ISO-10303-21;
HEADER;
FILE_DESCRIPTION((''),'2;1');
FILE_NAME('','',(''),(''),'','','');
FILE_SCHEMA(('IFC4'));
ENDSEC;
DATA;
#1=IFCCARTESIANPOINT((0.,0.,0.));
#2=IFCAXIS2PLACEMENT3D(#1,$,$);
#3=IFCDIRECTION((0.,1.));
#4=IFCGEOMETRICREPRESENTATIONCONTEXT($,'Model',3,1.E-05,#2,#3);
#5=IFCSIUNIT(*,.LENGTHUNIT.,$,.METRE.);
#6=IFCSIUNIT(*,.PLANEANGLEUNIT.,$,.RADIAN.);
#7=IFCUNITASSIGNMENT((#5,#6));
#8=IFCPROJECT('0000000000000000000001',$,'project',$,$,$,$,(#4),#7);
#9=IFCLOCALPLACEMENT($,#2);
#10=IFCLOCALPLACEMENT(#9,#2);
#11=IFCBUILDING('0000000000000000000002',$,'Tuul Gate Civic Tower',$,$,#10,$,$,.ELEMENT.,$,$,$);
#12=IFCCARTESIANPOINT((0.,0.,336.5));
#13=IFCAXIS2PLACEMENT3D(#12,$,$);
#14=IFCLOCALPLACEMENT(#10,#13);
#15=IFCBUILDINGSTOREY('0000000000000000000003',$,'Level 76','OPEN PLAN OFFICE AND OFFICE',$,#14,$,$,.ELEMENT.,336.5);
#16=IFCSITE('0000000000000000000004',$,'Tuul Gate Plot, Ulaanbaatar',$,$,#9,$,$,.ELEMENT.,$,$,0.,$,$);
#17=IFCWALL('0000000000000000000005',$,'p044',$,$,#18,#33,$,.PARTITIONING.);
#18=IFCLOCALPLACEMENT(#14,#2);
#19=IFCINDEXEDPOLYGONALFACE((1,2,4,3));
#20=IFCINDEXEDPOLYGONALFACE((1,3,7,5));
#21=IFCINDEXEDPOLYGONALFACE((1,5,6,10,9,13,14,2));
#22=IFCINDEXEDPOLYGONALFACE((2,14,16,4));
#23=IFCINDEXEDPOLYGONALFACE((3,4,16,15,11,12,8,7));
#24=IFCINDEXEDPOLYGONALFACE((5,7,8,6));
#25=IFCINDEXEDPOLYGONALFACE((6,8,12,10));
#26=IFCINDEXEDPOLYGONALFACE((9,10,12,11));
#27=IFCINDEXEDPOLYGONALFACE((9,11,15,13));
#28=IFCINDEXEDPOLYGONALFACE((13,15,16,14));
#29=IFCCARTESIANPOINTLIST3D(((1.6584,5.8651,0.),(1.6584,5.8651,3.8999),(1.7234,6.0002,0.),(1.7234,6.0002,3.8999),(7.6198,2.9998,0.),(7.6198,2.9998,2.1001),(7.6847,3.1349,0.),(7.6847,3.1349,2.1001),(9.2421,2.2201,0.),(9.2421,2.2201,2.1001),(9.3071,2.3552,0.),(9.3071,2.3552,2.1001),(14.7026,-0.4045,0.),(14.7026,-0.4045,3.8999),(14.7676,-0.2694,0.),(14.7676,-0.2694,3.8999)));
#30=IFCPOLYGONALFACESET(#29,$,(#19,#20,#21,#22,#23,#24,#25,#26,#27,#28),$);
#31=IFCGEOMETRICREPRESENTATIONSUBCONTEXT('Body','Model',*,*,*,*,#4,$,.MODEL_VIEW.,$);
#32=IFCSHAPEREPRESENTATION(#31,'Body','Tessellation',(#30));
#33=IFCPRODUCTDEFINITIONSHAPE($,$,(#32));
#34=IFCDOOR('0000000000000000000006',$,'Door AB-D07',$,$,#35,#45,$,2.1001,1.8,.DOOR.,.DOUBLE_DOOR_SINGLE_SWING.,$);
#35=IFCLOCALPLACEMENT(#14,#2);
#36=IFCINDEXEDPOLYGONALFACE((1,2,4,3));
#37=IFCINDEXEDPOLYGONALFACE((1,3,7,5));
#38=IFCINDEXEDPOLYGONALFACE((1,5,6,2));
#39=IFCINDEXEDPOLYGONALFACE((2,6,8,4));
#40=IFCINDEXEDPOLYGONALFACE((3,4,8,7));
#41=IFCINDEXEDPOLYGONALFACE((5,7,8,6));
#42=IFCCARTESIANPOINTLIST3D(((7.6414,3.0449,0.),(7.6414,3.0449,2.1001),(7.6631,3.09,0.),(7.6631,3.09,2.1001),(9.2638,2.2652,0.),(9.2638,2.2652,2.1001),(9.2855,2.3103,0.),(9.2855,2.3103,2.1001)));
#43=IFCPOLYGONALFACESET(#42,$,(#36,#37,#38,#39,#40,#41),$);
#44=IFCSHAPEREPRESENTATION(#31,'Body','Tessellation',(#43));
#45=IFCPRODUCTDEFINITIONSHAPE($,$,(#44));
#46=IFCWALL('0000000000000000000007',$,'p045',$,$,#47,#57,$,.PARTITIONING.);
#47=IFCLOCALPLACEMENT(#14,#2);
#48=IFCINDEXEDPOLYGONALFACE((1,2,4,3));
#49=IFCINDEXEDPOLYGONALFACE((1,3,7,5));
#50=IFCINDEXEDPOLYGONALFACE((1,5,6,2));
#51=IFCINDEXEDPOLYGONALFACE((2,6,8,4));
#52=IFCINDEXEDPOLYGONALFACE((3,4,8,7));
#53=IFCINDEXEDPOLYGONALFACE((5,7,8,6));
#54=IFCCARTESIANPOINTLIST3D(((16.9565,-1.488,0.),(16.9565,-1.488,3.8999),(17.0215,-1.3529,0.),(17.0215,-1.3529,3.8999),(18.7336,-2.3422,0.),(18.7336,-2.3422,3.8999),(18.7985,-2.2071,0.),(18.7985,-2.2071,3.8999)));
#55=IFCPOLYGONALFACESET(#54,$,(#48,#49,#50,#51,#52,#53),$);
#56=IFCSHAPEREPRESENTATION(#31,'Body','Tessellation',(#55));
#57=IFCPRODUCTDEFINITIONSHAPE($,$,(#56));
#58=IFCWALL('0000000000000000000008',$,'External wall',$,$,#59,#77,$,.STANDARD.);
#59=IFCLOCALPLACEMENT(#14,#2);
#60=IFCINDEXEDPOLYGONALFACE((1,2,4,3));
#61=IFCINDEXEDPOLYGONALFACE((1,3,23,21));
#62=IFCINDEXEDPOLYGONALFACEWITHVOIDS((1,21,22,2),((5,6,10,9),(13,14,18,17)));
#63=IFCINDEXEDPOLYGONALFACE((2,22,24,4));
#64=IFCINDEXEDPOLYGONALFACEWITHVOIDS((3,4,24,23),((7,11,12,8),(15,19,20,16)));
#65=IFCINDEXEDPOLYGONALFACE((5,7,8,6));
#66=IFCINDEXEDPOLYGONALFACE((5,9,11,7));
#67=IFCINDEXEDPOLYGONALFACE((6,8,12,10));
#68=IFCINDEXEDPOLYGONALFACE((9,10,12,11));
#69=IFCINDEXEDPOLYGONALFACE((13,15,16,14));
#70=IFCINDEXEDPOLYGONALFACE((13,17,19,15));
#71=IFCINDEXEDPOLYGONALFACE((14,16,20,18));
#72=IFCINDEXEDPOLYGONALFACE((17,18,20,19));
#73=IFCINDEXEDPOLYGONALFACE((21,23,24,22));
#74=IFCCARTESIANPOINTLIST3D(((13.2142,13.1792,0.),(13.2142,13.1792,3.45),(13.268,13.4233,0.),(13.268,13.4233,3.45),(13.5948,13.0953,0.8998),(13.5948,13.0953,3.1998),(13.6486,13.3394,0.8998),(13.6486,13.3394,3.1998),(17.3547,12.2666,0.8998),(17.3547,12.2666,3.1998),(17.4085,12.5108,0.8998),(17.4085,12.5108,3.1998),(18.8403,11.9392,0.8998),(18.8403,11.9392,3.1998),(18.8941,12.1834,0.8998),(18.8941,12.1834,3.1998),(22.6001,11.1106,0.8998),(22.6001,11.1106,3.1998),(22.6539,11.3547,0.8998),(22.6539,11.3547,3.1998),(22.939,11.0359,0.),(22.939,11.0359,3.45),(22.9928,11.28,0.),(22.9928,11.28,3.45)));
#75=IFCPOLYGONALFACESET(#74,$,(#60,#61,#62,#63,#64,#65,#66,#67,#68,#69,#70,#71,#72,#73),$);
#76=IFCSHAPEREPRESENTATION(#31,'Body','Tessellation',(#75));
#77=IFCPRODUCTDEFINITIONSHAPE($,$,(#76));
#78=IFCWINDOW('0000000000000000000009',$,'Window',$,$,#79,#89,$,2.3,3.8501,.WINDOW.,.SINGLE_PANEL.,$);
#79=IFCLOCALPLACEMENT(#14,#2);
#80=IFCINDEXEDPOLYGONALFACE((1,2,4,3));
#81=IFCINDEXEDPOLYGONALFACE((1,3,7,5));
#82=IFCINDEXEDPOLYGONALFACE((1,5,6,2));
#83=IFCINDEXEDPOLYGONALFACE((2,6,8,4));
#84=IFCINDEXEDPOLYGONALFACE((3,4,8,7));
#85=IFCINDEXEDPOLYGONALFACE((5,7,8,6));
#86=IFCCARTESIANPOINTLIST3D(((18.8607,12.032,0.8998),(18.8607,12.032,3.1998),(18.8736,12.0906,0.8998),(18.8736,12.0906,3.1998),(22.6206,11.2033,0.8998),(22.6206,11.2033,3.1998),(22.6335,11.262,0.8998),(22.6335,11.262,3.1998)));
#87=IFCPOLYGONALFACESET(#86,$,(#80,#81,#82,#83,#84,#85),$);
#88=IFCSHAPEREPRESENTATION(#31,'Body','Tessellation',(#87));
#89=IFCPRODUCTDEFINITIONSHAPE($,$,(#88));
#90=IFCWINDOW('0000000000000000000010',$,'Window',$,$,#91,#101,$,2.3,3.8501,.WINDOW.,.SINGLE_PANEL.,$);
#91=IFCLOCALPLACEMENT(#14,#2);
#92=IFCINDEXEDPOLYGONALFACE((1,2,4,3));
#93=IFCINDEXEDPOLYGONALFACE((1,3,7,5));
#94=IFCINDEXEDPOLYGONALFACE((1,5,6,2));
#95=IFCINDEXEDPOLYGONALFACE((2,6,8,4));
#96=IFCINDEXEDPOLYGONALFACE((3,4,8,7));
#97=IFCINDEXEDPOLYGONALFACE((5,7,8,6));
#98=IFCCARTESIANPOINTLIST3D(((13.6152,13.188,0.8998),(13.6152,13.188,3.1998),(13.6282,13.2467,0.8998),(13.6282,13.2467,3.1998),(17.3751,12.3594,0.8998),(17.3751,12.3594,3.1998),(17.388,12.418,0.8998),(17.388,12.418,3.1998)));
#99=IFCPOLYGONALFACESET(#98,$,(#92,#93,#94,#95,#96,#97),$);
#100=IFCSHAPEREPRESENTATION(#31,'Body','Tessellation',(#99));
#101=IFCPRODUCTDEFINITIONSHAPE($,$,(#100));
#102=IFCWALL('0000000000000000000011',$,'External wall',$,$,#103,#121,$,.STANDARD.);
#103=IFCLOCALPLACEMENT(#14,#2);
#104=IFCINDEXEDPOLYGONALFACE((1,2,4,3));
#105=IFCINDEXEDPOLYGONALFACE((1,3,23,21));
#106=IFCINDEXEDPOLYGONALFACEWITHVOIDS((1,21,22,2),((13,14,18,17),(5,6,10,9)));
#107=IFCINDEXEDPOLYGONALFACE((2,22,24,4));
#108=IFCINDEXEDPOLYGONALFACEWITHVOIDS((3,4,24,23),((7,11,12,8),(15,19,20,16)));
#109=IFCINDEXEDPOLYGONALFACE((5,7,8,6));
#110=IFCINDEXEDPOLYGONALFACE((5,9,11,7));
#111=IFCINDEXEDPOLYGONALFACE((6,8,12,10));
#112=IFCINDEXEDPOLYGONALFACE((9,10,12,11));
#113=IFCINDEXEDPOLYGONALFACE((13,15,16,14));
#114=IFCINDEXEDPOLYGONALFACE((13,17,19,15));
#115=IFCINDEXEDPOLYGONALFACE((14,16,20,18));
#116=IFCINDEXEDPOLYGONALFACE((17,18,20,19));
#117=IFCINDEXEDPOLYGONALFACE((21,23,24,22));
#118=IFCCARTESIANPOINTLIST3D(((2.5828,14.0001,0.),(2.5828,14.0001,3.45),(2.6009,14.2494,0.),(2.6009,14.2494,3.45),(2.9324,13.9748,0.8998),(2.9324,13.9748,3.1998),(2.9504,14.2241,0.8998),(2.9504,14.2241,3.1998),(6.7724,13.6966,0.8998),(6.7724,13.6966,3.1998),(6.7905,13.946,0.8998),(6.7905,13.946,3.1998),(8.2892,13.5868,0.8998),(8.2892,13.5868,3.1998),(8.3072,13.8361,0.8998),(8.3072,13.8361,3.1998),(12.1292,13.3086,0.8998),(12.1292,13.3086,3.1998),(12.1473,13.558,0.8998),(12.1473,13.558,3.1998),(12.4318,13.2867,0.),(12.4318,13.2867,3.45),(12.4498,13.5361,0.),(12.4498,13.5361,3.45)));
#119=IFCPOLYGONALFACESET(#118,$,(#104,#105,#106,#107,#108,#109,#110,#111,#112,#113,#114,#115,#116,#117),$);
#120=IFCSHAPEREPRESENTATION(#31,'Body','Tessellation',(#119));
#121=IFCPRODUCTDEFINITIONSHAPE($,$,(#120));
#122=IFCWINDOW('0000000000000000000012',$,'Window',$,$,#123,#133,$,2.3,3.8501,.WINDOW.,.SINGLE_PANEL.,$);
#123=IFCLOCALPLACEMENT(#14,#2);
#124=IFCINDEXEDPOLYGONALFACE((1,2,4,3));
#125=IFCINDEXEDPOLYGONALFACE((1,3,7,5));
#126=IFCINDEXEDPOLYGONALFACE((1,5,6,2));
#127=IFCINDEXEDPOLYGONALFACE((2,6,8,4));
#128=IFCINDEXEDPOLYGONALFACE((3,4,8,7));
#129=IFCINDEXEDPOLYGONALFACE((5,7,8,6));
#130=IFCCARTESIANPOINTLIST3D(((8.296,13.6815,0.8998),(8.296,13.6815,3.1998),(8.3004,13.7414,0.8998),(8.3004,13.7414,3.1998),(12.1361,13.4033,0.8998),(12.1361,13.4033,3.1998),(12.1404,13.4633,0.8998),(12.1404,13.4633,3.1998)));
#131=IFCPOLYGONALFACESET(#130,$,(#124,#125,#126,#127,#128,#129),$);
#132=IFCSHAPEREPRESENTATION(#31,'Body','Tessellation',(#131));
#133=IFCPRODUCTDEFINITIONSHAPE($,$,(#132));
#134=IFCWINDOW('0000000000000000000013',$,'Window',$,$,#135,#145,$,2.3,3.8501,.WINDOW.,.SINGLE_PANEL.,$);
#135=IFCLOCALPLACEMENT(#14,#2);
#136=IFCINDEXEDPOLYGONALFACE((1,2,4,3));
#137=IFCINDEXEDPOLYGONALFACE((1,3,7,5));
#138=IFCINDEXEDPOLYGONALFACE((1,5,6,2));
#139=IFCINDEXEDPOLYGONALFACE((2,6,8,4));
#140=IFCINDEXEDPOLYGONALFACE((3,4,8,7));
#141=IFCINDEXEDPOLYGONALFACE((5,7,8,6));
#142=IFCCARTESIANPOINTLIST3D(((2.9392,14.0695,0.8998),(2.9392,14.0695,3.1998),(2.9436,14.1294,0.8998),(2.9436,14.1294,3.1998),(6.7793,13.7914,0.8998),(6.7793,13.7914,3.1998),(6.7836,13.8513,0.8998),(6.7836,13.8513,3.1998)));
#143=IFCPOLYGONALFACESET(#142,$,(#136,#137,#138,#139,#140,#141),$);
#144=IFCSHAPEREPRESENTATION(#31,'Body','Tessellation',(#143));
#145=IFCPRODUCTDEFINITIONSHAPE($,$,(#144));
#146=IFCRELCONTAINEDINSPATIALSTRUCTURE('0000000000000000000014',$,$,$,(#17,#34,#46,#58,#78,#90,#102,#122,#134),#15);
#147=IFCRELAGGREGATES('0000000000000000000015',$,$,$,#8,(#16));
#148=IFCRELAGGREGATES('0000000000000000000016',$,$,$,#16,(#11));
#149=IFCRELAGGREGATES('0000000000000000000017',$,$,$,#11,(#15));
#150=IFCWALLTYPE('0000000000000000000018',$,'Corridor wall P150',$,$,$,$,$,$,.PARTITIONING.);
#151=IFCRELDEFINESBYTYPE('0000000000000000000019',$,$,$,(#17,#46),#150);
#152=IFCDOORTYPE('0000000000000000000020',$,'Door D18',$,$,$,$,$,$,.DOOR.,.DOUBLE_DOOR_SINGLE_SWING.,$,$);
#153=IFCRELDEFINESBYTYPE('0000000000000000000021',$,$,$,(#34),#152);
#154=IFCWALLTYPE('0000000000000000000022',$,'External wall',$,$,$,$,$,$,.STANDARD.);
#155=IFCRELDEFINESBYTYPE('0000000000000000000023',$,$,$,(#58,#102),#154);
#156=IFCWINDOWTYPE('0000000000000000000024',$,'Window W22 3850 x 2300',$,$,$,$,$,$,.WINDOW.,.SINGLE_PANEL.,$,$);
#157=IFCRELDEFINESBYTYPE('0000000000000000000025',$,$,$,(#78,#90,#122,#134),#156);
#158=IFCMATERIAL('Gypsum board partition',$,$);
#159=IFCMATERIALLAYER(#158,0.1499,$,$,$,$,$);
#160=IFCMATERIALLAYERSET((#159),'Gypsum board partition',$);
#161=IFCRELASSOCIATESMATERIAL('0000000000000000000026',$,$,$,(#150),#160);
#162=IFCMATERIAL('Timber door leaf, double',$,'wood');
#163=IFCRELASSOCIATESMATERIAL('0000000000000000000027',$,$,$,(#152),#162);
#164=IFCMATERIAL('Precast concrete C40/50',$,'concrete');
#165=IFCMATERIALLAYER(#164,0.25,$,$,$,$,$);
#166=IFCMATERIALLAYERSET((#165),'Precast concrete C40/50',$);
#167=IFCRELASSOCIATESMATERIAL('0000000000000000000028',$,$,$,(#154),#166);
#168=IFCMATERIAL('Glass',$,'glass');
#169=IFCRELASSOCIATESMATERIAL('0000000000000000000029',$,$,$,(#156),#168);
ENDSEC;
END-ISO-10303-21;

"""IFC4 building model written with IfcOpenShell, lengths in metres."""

from ifc_helpers import new_model, si_unit, direction, frame, frame_2d, origin, place, context, subcontext, project, spatial, rectangle, extrude, material, layer, layer_set, type_object, element, fill, save


model = new_model("IFC4")

# Units and contexts
model_context = context("Model", 3, precision=1e-05, world=origin(), true_north=direction((0.0, 1.0)))
body_context = subcontext(model_context, "Body", "Model", "MODEL_VIEW")
ifc_project = project(units=[si_unit("LENGTHUNIT", "METRE"), si_unit("PLANEANGLEUNIT", "RADIAN")], contexts=[model_context])

# Site, building, storey
site_placement = place(None, origin())
site = spatial("IfcSite", under=ifc_project, at=site_placement, Name="Tuul Gate Plot, Ulaanbaatar", CompositionType="ELEMENT", RefElevation=0.0)
building_placement = place(site_placement, origin())
building = spatial("IfcBuilding", under=site, at=building_placement, Name="Tuul Gate Civic Tower", CompositionType="ELEMENT")
storey_placement = place(building_placement, frame((0.0, 0.0, 336.5)))
storey = spatial("IfcBuildingStorey", under=building, at=storey_placement, Name="Level 76", Description="OPEN PLAN OFFICE AND OFFICE", CompositionType="ELEMENT", Elevation=336.5)

# Shared definitions
ifc_material_1 = material(Name="Gypsum board partition")
ifc_layer_1 = layer(ifc_material_1, 0.1499)
ifc_layer_set_1 = layer_set([ifc_layer_1], Name="Gypsum board partition")
wall_type_1 = type_object("IfcWallType", Name="Corridor wall P150", PredefinedType="PARTITIONING", material=ifc_layer_set_1)
ifc_material_2 = material(Name="Timber door leaf, double", Category="wood")
door_type_1 = type_object("IfcDoorType", Name="Door D18", OperationType="DOUBLE_DOOR_SINGLE_SWING", PredefinedType="DOOR", material=ifc_material_2)

# Wall, opening, door
wall_1_placement = place(storey_placement, frame((1.6909, 5.9326, 0.0), z_axis=(0.0, 0.0, 1.0), x_axis=(0.901299, -0.433198, 0.0)))
wall_1 = element("IfcWall", 1, at=wall_1_placement, inside=storey, type_object=wall_type_1, Name="p044", PredefinedType="PARTITIONING", context=body_context, shape_type="SweptSolid", body=[
    extrude(rectangle(XDim=14.4727, YDim=0.1499, at=frame_2d((7.2363, 0.0))), origin(), (0.0, 0.0, 1.0), 3.8999),
])
opening_1_placement = place(wall_1_placement, frame((6.6143, 0.0, 0.0)))
opening_1 = element("IfcOpeningElement", 2, at=opening_1_placement, cuts=wall_1, PredefinedType="OPENING", context=body_context, shape_type="SweptSolid", body=[
    extrude(rectangle(XDim=1.8, YDim=2.1001, at=frame_2d((0.8999, 1.05))), frame((0.0, 0.085, 0.0), z_axis=(0.0, -1.0, 0.0), x_axis=(1.0, 0.0, 0.0)), (0.0, 0.0, 1.0), 0.1699),
])
door_1_placement = place(opening_1_placement, frame((1.8, 0.0, 0.0), z_axis=(0.0, 0.0, 1.0), x_axis=(-1.0, 0.0, 0.0)))
door_1 = element("IfcDoor", 3, at=door_1_placement, inside=storey, type_object=door_type_1, Name="Door AB-D07", OperationType="DOUBLE_DOOR_SINGLE_SWING", OverallHeight=2.1001, OverallWidth=1.8, PredefinedType="DOOR", context=body_context, shape_type="SweptSolid", body=[
    extrude(rectangle(XDim=1.8, YDim=2.1001, at=frame_2d((0.9001, 1.05))), frame((0.0, 0.0249, 0.0), z_axis=(0.0, -1.0, 0.0), x_axis=(1.0, 0.0, 0.0)), (0.0, 0.0, 1.0), 0.05),
])
fill(opening_1, door_1)

# Wall
wall_2_placement = place(storey_placement, frame((16.989, -1.4204, 0.0), z_axis=(0.0, 0.0, 1.0), x_axis=(0.901278, -0.433242, 0.0)))
element("IfcWall", 4, at=wall_2_placement, inside=storey, type_object=wall_type_1, Name="p045", PredefinedType="PARTITIONING", context=body_context, shape_type="SweptSolid", body=[
    extrude(rectangle(XDim=1.9717, YDim=0.1499, at=frame_2d((0.9858, 0.0))), origin(), (0.0, 0.0, 1.0), 3.8999),
])

# Walls, openings, windows
ifc_material_3 = material(Name="Precast concrete C40/50", Category="concrete")
ifc_layer_2 = layer(ifc_material_3, 0.25)
ifc_layer_set_2 = layer_set([ifc_layer_2], Name="Precast concrete C40/50")
wall_type_2 = type_object("IfcWallType", Name="External wall", PredefinedType="STANDARD", material=ifc_layer_set_2)
wall_3_placement = place(storey_placement, frame((22.9658, 11.158, 0.0), z_axis=(0.0, 0.0, 1.0), x_axis=(-0.976563, 0.21523, 0.0)))
wall_3 = element("IfcWall", 5, at=wall_3_placement, inside=storey, type_object=wall_type_2, Name="External wall", PredefinedType="STANDARD", context=body_context, shape_type="SweptSolid", body=[
    extrude(rectangle(XDim=9.9583, YDim=0.25, at=frame_2d((4.979, 0.0))), origin(), (0.0, 0.0, 1.0), 3.45),
])
opening_2_placement = place(wall_3_placement, frame((0.3469, 0.0, 0.8999)))
opening_2 = element("IfcOpeningElement", 6, at=opening_2_placement, cuts=wall_3, PredefinedType="OPENING", context=body_context, shape_type="SweptSolid", body=[
    extrude(rectangle(XDim=3.8501, YDim=2.3, at=frame_2d((1.925, 1.1499))), frame((0.0, 0.135, 0.0), z_axis=(0.0, -1.0, 0.0), x_axis=(1.0, 0.0, 0.0)), (0.0, 0.0, 1.0), 0.27),
])
opening_3_placement = place(wall_3_placement, frame((5.7183, 0.0, 0.8999)))
opening_3 = element("IfcOpeningElement", 7, at=opening_3_placement, cuts=wall_3, PredefinedType="OPENING", context=body_context, shape_type="SweptSolid", body=[
    extrude(rectangle(XDim=3.8501, YDim=2.3, at=frame_2d((1.925, 1.1499))), frame((0.0, 0.135, 0.0), z_axis=(0.0, -1.0, 0.0), x_axis=(1.0, 0.0, 0.0)), (0.0, 0.0, 1.0), 0.27),
])
ifc_material_4 = material(Name="Glass", Category="glass")
window_type = type_object("IfcWindowType", Name="Window W22 3850 x 2300", PartitioningType="SINGLE_PANEL", PredefinedType="WINDOW", material=ifc_material_4)
window_1_placement = place(opening_2_placement, origin())
window_1 = element("IfcWindow", 8, at=window_1_placement, inside=storey, type_object=window_type, Name="Window", OverallHeight=2.3, OverallWidth=3.8501, PartitioningType="SINGLE_PANEL", PredefinedType="WINDOW", context=body_context, shape_type="SweptSolid", body=[
    extrude(rectangle(XDim=3.8501, YDim=2.3, at=frame_2d((1.925, 1.1499))), frame((0.0, 0.03, 0.0), z_axis=(0.0, -1.0, 0.0), x_axis=(1.0, 0.0, 0.0)), (0.0, 0.0, 1.0), 0.0601),
])
fill(opening_2, window_1)
window_2_placement = place(opening_3_placement, origin())
window_2 = element("IfcWindow", 9, at=window_2_placement, inside=storey, type_object=window_type, Name="Window", OverallHeight=2.3, OverallWidth=3.8501, PartitioningType="SINGLE_PANEL", PredefinedType="WINDOW", context=body_context, shape_type="SweptSolid", body=[
    extrude(rectangle(XDim=3.8501, YDim=2.3, at=frame_2d((1.925, 1.1499))), frame((0.0, 0.03, 0.0), z_axis=(0.0, -1.0, 0.0), x_axis=(1.0, 0.0, 0.0)), (0.0, 0.0, 1.0), 0.0601),
])
fill(opening_3, window_2)
wall_4_placement = place(storey_placement, frame((12.4409, 13.4114, 0.0), z_axis=(0.0, 0.0, 1.0), x_axis=(-0.997387, 0.072243, 0.0)))
wall_4 = element("IfcWall", 10, at=wall_4_placement, inside=storey, type_object=wall_type_2, Name="External wall", PredefinedType="STANDARD", context=body_context, shape_type="SweptSolid", body=[
    extrude(rectangle(XDim=9.8748, YDim=0.25, at=frame_2d((4.9375, 0.0))), origin(), (0.0, 0.0, 1.0), 3.45),
])
opening_4_placement = place(wall_4_placement, frame((0.3035, 0.0, 0.8999)))
opening_4 = element("IfcOpeningElement", 11, at=opening_4_placement, cuts=wall_4, PredefinedType="OPENING", context=body_context, shape_type="SweptSolid", body=[
    extrude(rectangle(XDim=3.8501, YDim=2.3, at=frame_2d((1.925, 1.1499))), frame((0.0, 0.135, 0.0), z_axis=(0.0, -1.0, 0.0), x_axis=(1.0, 0.0, 0.0)), (0.0, 0.0, 1.0), 0.27),
])
opening_5_placement = place(wall_4_placement, frame((5.6743, 0.0, 0.8999)))
opening_5 = element("IfcOpeningElement", 12, at=opening_5_placement, cuts=wall_4, PredefinedType="OPENING", context=body_context, shape_type="SweptSolid", body=[
    extrude(rectangle(XDim=3.8501, YDim=2.3, at=frame_2d((1.925, 1.1499))), frame((0.0, 0.135, 0.0), z_axis=(0.0, -1.0, 0.0), x_axis=(1.0, 0.0, 0.0)), (0.0, 0.0, 1.0), 0.27),
])
window_3_placement = place(opening_4_placement, origin())
window_3 = element("IfcWindow", 13, at=window_3_placement, inside=storey, type_object=window_type, Name="Window", OverallHeight=2.3, OverallWidth=3.8501, PartitioningType="SINGLE_PANEL", PredefinedType="WINDOW", context=body_context, shape_type="SweptSolid", body=[
    extrude(rectangle(XDim=3.8501, YDim=2.3, at=frame_2d((1.925, 1.1499))), frame((0.0, 0.03, 0.0), z_axis=(0.0, -1.0, 0.0), x_axis=(1.0, 0.0, 0.0)), (0.0, 0.0, 1.0), 0.0601),
])
fill(opening_4, window_3)
window_4_placement = place(opening_5_placement, origin())
window_4 = element("IfcWindow", 14, at=window_4_placement, inside=storey, type_object=window_type, Name="Window", OverallHeight=2.3, OverallWidth=3.8501, PartitioningType="SINGLE_PANEL", PredefinedType="WINDOW", context=body_context, shape_type="SweptSolid", body=[
    extrude(rectangle(XDim=3.8501, YDim=2.3, at=frame_2d((1.925, 1.1499))), frame((0.0, 0.03, 0.0), z_axis=(0.0, -1.0, 0.0), x_axis=(1.0, 0.0, 0.0)), (0.0, 0.0, 1.0), 0.0601),
])
fill(opening_5, window_4)

save(model, "model.ifc")
